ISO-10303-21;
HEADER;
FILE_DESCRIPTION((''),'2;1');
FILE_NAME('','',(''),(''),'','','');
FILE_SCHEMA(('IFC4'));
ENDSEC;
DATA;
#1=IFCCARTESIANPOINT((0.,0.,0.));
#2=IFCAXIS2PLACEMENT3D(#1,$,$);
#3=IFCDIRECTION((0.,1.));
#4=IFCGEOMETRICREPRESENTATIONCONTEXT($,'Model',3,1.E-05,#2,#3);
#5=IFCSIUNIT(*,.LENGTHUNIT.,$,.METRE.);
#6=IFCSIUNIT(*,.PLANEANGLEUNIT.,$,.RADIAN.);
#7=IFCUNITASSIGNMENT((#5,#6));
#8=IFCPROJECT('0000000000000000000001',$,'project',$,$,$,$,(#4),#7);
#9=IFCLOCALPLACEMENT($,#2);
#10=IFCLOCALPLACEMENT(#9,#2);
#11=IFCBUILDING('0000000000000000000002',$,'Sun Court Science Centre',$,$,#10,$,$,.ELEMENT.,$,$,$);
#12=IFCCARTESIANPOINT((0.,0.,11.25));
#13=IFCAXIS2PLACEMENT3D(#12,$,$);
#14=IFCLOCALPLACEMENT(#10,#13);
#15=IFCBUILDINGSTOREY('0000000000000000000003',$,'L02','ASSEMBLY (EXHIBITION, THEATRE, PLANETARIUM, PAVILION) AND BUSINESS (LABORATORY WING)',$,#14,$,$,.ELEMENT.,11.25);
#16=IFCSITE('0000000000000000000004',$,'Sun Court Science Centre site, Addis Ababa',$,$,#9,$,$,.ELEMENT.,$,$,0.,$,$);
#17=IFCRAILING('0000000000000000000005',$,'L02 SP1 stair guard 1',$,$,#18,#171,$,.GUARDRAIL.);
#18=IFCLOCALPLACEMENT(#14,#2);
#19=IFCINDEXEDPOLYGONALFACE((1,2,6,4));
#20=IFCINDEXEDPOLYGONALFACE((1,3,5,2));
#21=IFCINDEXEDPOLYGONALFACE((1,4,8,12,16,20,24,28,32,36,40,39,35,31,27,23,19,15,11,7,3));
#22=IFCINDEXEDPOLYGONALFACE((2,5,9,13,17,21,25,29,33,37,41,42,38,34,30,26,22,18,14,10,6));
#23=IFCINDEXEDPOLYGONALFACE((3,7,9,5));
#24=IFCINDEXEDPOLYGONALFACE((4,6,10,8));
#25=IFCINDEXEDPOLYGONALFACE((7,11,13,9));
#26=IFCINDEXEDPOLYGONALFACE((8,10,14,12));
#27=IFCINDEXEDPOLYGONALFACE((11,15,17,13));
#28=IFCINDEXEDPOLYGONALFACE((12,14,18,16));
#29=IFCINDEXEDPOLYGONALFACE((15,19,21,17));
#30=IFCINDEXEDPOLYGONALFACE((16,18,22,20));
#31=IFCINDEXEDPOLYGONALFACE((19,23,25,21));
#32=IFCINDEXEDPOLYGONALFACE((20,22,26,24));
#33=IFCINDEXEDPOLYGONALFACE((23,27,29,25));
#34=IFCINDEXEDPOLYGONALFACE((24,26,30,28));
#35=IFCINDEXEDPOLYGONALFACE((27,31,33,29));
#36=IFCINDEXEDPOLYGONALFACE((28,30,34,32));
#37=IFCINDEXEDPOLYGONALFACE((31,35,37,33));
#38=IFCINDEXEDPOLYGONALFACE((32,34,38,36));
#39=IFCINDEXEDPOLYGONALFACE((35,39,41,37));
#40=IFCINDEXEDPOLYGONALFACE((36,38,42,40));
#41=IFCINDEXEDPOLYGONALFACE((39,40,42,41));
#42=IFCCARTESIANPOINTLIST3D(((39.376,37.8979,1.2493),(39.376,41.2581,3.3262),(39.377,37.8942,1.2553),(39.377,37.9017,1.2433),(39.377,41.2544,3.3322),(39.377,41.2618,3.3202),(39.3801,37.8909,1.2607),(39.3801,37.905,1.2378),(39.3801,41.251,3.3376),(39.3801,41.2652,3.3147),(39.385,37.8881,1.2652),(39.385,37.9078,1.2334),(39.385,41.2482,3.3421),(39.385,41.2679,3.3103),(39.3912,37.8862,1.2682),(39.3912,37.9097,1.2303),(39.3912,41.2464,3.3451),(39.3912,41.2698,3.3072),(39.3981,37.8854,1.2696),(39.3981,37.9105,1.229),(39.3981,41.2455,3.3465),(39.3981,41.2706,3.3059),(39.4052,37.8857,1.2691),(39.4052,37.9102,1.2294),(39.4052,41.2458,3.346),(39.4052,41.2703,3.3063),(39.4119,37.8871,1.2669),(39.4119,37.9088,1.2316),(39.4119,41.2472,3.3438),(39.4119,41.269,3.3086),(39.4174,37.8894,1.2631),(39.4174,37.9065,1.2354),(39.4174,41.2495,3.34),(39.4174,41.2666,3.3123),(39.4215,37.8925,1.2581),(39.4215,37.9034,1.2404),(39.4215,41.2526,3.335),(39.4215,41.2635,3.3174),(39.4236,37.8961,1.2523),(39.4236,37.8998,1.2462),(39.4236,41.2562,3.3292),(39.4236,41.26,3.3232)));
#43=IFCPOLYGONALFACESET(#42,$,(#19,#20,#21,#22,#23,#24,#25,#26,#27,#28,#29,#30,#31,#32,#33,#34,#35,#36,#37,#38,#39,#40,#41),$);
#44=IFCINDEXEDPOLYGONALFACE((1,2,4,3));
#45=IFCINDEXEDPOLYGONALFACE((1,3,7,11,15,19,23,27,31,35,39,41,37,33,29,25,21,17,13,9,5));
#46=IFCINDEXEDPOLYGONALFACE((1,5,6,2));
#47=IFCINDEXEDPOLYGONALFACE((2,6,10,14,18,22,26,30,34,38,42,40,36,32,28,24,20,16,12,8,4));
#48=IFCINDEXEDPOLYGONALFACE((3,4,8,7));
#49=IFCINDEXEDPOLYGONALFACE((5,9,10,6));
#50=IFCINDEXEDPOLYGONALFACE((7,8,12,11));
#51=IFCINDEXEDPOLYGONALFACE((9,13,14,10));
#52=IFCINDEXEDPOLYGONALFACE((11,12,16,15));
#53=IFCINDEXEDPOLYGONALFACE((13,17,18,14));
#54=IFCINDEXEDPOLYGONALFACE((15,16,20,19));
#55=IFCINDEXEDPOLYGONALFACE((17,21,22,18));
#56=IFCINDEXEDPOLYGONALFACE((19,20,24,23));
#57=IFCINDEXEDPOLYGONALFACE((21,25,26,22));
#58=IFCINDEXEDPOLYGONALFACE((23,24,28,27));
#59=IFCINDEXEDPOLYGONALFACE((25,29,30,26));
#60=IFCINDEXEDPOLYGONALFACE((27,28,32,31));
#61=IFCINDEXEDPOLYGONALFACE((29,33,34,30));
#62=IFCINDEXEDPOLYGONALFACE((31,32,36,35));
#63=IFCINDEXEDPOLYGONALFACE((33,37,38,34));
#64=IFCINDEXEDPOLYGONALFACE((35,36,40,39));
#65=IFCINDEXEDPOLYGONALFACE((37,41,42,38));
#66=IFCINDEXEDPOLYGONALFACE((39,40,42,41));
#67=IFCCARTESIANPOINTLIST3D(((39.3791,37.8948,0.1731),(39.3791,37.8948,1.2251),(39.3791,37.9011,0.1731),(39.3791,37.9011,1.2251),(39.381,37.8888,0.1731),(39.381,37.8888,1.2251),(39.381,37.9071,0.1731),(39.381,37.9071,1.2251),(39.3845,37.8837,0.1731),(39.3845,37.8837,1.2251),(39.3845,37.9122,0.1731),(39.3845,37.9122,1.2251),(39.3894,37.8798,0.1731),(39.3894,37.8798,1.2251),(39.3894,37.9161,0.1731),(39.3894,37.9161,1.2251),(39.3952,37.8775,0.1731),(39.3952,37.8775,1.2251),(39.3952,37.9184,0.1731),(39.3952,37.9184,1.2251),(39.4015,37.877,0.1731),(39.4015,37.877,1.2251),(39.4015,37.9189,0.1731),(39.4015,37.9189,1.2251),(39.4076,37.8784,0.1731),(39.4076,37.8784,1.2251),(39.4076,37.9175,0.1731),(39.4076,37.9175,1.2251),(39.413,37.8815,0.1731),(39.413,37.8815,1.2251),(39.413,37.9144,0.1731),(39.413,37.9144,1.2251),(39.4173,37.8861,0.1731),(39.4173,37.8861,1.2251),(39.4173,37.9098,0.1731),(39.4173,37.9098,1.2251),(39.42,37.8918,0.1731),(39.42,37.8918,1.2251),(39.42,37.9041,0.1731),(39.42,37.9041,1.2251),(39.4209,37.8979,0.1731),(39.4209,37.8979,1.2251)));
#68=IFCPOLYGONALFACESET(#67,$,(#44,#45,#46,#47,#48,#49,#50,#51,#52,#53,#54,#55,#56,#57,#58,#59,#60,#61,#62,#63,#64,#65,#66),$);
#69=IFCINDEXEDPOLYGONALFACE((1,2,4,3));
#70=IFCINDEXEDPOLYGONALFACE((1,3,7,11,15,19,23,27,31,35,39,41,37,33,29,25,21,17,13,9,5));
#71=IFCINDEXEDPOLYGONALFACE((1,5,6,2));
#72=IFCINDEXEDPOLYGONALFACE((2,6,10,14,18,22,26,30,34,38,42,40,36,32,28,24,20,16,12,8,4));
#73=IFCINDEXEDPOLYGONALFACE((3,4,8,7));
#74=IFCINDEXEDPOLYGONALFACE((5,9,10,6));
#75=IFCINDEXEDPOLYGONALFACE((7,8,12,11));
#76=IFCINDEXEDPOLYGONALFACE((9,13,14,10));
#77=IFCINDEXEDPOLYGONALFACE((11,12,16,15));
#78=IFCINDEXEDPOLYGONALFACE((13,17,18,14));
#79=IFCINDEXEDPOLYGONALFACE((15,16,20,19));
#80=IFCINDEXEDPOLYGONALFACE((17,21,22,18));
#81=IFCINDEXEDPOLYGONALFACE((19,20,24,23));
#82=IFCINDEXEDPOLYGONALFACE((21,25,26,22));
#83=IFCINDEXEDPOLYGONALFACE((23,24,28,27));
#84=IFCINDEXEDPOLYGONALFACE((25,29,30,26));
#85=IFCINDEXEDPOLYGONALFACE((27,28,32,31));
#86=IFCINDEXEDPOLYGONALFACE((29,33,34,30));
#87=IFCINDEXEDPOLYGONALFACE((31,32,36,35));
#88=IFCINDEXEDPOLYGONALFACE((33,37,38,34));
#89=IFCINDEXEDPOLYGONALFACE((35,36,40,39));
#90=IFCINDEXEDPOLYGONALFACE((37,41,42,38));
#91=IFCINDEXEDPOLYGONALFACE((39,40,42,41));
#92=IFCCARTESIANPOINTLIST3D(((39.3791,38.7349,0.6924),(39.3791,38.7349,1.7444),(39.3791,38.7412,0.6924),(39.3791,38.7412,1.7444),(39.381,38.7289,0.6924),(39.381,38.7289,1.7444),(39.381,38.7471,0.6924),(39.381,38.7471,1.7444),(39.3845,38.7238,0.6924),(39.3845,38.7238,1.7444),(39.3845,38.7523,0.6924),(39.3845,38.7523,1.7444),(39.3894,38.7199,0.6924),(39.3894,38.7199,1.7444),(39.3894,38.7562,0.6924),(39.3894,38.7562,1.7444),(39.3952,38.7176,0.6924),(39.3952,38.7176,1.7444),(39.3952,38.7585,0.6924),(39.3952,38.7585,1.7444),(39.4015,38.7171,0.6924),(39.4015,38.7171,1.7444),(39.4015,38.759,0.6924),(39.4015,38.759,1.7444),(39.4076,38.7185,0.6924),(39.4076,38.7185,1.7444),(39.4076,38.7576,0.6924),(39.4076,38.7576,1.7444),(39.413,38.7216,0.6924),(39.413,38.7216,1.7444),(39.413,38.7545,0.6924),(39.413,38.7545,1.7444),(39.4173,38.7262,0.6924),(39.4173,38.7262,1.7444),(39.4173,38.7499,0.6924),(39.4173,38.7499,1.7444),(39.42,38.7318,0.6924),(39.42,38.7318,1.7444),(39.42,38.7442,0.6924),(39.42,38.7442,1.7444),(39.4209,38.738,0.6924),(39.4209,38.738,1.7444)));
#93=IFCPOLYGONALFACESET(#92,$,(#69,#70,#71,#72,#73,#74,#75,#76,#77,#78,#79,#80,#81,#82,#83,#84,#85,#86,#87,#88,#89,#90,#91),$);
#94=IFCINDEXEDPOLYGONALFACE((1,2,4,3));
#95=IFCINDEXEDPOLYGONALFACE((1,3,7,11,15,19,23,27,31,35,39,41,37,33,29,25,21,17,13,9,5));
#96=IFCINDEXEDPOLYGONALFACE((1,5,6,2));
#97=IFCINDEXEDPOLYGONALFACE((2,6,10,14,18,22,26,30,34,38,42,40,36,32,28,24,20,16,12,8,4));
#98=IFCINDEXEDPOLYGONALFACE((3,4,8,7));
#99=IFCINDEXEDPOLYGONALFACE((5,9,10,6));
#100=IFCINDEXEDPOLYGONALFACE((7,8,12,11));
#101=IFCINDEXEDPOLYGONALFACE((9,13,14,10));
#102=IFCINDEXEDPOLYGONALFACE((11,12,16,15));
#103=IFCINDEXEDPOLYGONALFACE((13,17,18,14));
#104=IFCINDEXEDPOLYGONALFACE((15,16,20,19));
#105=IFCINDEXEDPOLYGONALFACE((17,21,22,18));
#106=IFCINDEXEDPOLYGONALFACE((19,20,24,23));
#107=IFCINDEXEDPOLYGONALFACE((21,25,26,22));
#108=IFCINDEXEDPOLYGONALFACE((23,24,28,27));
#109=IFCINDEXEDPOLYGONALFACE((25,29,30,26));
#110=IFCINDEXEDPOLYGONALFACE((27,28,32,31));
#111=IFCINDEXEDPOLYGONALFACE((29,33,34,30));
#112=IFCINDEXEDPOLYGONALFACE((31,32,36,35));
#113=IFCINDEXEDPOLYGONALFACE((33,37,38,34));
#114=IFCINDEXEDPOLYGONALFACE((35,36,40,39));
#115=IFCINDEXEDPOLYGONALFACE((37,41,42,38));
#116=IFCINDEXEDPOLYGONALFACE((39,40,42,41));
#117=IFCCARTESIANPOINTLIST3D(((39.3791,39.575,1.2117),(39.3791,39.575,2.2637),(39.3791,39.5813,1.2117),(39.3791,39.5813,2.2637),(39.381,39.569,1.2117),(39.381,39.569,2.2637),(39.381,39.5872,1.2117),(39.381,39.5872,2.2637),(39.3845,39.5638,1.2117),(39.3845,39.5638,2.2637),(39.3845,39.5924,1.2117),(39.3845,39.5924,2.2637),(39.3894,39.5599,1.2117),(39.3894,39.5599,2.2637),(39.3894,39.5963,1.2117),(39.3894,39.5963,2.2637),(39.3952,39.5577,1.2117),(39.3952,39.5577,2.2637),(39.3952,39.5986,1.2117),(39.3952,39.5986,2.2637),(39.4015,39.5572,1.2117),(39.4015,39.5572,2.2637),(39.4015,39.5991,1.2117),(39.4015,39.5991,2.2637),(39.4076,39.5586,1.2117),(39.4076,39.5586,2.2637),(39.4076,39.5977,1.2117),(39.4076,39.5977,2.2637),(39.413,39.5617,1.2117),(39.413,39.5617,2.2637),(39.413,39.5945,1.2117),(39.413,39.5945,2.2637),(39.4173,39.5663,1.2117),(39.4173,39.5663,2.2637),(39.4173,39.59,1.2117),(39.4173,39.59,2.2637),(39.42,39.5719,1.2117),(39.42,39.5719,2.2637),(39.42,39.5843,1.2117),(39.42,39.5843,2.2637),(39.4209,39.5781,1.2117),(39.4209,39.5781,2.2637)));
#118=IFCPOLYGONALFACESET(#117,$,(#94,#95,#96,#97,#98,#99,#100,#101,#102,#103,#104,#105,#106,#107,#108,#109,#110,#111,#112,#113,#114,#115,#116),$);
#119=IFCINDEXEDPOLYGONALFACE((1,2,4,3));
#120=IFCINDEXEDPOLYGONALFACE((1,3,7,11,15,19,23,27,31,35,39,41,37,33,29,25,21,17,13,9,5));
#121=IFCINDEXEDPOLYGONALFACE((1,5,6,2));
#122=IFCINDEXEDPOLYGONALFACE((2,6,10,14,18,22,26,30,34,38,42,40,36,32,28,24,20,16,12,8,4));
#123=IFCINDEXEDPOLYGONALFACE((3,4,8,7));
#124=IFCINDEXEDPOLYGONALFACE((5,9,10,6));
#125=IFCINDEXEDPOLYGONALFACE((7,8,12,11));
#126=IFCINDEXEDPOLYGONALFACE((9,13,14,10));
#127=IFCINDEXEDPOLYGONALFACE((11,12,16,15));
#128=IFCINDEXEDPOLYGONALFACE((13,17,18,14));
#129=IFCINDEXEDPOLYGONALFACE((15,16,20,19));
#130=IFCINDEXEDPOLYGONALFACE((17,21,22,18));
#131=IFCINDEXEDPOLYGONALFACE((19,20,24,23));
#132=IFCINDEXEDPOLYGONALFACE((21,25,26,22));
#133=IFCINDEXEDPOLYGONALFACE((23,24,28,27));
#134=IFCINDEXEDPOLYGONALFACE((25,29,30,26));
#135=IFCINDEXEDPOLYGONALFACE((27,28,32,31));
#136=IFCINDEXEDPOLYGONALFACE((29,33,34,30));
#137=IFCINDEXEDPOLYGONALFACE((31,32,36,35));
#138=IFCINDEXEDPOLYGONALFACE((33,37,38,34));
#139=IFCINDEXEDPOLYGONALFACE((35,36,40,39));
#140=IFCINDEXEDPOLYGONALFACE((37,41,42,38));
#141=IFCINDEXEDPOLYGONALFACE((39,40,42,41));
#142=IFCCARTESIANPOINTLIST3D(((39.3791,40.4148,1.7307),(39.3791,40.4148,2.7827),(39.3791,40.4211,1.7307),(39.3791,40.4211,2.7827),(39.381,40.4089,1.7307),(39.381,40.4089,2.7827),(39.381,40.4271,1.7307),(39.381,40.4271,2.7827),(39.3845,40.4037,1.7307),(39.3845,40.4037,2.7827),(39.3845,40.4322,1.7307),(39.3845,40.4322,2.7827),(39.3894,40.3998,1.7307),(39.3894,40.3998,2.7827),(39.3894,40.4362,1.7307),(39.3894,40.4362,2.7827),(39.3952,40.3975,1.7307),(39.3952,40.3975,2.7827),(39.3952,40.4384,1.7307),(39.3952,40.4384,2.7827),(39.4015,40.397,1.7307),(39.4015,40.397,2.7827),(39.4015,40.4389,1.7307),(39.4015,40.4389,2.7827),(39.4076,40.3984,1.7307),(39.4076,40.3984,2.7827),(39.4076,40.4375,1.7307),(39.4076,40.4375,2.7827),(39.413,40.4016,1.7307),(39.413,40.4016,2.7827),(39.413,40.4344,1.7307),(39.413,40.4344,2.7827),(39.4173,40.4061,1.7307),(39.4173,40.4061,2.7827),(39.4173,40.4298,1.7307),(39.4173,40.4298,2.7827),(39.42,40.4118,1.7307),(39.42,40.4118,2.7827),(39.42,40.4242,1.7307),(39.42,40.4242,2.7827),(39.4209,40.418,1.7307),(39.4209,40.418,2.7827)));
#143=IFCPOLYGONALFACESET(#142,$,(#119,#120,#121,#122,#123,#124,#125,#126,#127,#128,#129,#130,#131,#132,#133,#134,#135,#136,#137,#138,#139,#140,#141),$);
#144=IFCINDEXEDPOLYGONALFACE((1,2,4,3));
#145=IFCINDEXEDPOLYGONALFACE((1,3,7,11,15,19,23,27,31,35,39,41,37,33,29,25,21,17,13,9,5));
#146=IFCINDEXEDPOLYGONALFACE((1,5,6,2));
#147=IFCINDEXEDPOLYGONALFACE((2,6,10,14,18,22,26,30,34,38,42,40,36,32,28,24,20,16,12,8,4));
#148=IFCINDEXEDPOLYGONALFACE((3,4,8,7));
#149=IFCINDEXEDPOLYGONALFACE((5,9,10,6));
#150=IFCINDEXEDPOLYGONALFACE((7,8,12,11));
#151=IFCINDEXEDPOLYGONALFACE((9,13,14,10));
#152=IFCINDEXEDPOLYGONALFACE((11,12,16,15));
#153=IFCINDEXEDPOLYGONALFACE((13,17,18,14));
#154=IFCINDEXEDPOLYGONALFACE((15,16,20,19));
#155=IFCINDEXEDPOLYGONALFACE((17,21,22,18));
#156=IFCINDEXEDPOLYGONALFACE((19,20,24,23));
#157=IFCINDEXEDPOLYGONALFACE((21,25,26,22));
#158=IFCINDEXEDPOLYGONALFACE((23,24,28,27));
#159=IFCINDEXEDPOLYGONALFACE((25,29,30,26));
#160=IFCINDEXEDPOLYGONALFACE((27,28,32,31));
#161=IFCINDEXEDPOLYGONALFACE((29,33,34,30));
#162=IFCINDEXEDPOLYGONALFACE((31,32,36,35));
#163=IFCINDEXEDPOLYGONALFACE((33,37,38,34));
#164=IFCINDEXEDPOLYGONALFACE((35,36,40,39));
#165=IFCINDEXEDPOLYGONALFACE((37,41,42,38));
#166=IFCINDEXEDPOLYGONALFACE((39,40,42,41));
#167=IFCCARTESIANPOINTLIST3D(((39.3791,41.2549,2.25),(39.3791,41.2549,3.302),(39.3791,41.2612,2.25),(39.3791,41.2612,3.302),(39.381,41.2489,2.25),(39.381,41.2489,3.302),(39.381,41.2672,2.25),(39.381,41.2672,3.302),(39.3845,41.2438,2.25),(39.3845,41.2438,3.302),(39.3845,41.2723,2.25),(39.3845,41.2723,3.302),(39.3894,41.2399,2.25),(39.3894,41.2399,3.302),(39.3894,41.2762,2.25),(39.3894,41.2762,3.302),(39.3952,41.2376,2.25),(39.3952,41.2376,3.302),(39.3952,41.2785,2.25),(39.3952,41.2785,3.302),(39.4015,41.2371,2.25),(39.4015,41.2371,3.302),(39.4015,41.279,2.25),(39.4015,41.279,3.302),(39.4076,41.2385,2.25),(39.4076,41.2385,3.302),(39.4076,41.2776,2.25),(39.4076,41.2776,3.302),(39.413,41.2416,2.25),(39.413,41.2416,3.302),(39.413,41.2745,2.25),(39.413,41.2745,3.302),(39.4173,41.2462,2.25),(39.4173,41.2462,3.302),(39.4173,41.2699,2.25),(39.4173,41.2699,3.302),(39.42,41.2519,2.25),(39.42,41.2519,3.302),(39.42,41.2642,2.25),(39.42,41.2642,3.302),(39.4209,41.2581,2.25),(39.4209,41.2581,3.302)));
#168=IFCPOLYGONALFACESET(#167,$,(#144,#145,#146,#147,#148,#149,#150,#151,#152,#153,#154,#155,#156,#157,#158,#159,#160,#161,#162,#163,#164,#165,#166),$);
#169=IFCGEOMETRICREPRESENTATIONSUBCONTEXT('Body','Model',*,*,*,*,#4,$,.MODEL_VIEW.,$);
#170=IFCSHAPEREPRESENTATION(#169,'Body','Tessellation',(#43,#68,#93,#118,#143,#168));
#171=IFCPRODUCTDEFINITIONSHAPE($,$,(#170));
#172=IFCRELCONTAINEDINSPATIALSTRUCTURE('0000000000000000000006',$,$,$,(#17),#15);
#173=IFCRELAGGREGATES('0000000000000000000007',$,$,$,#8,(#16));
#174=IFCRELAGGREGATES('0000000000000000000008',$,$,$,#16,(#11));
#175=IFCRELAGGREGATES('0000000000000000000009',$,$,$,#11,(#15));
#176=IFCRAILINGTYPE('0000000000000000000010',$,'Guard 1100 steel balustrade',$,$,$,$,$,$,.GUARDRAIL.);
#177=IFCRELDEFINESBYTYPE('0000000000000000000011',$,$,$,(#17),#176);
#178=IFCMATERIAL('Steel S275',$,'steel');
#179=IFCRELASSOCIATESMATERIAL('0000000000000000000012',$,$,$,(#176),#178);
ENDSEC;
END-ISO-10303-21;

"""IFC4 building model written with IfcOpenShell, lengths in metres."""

from ifc_helpers import new_model, si_unit, direction, frame, origin, origin_2d, place, context, subcontext, project, spatial, circle, extrude, material, type_object, element, save


model = new_model("IFC4")

# Units and contexts
model_context = context("Model", 3, precision=1e-05, world=origin(), true_north=direction((0.0, 1.0)))
body_context = subcontext(model_context, "Body", "Model", "MODEL_VIEW")
ifc_project = project(units=[si_unit("LENGTHUNIT", "METRE"), si_unit("PLANEANGLEUNIT", "RADIAN")], contexts=[model_context])

# Site, building, storey
site_placement = place(None, origin())
site = spatial("IfcSite", under=ifc_project, at=site_placement, Name="Sun Court Science Centre site, Addis Ababa", CompositionType="ELEMENT", RefElevation=0.0)
building_placement = place(site_placement, origin())
building = spatial("IfcBuilding", under=site, at=building_placement, Name="Sun Court Science Centre", CompositionType="ELEMENT")
storey_placement = place(building_placement, frame((0.0, 0.0, 11.25)))
storey = spatial("IfcBuildingStorey", under=building, at=storey_placement, Name="L02", Description="ASSEMBLY (EXHIBITION, THEATRE, PLANETARIUM, PAVILION) AND BUSINESS (LABORATORY WING)", CompositionType="ELEMENT", Elevation=11.25)

# Railing
ifc_material_1 = material(Name="Steel S275", Category="steel")
railing_type_1 = type_object("IfcRailingType", Name="Guard 1100 steel balustrade", PredefinedType="GUARDRAIL", material=ifc_material_1)
railing_1_placement = place(storey_placement, frame((39.3999, 37.8979, 0.1731)))
element("IfcRailing", 1, at=railing_1_placement, inside=storey, type_object=railing_type_1, Name="L02 SP1 stair guard 1", PredefinedType="GUARDRAIL", context=body_context, shape_type="SweptSolid", body=[
    extrude(circle(Radius=0.0239, at=origin_2d()), frame((0.0, 0.0, 1.0762), z_axis=(0.0, 0.850623, 0.525776), x_axis=(-1.0, 0.0, 0.0)), (0.0, 0.0, 1.0), 3.9502),
    extrude(circle(Radius=0.021, at=origin_2d()), origin(), (0.0, 0.0, 1.0), 1.052),
    extrude(circle(Radius=0.021, at=origin_2d()), frame((0.0, 0.8401, 0.5193)), (0.0, 0.0, 1.0), 1.052),
    extrude(circle(Radius=0.021, at=origin_2d()), frame((0.0, 1.6802, 1.0386)), (0.0, 0.0, 1.0), 1.052),
    extrude(circle(Radius=0.021, at=origin_2d()), frame((0.0, 2.52, 1.5576)), (0.0, 0.0, 1.0), 1.052),
    extrude(circle(Radius=0.021, at=origin_2d()), frame((0.0, 3.3601, 2.0769)), (0.0, 0.0, 1.0), 1.052),
])

save(model, "model.ifc")
